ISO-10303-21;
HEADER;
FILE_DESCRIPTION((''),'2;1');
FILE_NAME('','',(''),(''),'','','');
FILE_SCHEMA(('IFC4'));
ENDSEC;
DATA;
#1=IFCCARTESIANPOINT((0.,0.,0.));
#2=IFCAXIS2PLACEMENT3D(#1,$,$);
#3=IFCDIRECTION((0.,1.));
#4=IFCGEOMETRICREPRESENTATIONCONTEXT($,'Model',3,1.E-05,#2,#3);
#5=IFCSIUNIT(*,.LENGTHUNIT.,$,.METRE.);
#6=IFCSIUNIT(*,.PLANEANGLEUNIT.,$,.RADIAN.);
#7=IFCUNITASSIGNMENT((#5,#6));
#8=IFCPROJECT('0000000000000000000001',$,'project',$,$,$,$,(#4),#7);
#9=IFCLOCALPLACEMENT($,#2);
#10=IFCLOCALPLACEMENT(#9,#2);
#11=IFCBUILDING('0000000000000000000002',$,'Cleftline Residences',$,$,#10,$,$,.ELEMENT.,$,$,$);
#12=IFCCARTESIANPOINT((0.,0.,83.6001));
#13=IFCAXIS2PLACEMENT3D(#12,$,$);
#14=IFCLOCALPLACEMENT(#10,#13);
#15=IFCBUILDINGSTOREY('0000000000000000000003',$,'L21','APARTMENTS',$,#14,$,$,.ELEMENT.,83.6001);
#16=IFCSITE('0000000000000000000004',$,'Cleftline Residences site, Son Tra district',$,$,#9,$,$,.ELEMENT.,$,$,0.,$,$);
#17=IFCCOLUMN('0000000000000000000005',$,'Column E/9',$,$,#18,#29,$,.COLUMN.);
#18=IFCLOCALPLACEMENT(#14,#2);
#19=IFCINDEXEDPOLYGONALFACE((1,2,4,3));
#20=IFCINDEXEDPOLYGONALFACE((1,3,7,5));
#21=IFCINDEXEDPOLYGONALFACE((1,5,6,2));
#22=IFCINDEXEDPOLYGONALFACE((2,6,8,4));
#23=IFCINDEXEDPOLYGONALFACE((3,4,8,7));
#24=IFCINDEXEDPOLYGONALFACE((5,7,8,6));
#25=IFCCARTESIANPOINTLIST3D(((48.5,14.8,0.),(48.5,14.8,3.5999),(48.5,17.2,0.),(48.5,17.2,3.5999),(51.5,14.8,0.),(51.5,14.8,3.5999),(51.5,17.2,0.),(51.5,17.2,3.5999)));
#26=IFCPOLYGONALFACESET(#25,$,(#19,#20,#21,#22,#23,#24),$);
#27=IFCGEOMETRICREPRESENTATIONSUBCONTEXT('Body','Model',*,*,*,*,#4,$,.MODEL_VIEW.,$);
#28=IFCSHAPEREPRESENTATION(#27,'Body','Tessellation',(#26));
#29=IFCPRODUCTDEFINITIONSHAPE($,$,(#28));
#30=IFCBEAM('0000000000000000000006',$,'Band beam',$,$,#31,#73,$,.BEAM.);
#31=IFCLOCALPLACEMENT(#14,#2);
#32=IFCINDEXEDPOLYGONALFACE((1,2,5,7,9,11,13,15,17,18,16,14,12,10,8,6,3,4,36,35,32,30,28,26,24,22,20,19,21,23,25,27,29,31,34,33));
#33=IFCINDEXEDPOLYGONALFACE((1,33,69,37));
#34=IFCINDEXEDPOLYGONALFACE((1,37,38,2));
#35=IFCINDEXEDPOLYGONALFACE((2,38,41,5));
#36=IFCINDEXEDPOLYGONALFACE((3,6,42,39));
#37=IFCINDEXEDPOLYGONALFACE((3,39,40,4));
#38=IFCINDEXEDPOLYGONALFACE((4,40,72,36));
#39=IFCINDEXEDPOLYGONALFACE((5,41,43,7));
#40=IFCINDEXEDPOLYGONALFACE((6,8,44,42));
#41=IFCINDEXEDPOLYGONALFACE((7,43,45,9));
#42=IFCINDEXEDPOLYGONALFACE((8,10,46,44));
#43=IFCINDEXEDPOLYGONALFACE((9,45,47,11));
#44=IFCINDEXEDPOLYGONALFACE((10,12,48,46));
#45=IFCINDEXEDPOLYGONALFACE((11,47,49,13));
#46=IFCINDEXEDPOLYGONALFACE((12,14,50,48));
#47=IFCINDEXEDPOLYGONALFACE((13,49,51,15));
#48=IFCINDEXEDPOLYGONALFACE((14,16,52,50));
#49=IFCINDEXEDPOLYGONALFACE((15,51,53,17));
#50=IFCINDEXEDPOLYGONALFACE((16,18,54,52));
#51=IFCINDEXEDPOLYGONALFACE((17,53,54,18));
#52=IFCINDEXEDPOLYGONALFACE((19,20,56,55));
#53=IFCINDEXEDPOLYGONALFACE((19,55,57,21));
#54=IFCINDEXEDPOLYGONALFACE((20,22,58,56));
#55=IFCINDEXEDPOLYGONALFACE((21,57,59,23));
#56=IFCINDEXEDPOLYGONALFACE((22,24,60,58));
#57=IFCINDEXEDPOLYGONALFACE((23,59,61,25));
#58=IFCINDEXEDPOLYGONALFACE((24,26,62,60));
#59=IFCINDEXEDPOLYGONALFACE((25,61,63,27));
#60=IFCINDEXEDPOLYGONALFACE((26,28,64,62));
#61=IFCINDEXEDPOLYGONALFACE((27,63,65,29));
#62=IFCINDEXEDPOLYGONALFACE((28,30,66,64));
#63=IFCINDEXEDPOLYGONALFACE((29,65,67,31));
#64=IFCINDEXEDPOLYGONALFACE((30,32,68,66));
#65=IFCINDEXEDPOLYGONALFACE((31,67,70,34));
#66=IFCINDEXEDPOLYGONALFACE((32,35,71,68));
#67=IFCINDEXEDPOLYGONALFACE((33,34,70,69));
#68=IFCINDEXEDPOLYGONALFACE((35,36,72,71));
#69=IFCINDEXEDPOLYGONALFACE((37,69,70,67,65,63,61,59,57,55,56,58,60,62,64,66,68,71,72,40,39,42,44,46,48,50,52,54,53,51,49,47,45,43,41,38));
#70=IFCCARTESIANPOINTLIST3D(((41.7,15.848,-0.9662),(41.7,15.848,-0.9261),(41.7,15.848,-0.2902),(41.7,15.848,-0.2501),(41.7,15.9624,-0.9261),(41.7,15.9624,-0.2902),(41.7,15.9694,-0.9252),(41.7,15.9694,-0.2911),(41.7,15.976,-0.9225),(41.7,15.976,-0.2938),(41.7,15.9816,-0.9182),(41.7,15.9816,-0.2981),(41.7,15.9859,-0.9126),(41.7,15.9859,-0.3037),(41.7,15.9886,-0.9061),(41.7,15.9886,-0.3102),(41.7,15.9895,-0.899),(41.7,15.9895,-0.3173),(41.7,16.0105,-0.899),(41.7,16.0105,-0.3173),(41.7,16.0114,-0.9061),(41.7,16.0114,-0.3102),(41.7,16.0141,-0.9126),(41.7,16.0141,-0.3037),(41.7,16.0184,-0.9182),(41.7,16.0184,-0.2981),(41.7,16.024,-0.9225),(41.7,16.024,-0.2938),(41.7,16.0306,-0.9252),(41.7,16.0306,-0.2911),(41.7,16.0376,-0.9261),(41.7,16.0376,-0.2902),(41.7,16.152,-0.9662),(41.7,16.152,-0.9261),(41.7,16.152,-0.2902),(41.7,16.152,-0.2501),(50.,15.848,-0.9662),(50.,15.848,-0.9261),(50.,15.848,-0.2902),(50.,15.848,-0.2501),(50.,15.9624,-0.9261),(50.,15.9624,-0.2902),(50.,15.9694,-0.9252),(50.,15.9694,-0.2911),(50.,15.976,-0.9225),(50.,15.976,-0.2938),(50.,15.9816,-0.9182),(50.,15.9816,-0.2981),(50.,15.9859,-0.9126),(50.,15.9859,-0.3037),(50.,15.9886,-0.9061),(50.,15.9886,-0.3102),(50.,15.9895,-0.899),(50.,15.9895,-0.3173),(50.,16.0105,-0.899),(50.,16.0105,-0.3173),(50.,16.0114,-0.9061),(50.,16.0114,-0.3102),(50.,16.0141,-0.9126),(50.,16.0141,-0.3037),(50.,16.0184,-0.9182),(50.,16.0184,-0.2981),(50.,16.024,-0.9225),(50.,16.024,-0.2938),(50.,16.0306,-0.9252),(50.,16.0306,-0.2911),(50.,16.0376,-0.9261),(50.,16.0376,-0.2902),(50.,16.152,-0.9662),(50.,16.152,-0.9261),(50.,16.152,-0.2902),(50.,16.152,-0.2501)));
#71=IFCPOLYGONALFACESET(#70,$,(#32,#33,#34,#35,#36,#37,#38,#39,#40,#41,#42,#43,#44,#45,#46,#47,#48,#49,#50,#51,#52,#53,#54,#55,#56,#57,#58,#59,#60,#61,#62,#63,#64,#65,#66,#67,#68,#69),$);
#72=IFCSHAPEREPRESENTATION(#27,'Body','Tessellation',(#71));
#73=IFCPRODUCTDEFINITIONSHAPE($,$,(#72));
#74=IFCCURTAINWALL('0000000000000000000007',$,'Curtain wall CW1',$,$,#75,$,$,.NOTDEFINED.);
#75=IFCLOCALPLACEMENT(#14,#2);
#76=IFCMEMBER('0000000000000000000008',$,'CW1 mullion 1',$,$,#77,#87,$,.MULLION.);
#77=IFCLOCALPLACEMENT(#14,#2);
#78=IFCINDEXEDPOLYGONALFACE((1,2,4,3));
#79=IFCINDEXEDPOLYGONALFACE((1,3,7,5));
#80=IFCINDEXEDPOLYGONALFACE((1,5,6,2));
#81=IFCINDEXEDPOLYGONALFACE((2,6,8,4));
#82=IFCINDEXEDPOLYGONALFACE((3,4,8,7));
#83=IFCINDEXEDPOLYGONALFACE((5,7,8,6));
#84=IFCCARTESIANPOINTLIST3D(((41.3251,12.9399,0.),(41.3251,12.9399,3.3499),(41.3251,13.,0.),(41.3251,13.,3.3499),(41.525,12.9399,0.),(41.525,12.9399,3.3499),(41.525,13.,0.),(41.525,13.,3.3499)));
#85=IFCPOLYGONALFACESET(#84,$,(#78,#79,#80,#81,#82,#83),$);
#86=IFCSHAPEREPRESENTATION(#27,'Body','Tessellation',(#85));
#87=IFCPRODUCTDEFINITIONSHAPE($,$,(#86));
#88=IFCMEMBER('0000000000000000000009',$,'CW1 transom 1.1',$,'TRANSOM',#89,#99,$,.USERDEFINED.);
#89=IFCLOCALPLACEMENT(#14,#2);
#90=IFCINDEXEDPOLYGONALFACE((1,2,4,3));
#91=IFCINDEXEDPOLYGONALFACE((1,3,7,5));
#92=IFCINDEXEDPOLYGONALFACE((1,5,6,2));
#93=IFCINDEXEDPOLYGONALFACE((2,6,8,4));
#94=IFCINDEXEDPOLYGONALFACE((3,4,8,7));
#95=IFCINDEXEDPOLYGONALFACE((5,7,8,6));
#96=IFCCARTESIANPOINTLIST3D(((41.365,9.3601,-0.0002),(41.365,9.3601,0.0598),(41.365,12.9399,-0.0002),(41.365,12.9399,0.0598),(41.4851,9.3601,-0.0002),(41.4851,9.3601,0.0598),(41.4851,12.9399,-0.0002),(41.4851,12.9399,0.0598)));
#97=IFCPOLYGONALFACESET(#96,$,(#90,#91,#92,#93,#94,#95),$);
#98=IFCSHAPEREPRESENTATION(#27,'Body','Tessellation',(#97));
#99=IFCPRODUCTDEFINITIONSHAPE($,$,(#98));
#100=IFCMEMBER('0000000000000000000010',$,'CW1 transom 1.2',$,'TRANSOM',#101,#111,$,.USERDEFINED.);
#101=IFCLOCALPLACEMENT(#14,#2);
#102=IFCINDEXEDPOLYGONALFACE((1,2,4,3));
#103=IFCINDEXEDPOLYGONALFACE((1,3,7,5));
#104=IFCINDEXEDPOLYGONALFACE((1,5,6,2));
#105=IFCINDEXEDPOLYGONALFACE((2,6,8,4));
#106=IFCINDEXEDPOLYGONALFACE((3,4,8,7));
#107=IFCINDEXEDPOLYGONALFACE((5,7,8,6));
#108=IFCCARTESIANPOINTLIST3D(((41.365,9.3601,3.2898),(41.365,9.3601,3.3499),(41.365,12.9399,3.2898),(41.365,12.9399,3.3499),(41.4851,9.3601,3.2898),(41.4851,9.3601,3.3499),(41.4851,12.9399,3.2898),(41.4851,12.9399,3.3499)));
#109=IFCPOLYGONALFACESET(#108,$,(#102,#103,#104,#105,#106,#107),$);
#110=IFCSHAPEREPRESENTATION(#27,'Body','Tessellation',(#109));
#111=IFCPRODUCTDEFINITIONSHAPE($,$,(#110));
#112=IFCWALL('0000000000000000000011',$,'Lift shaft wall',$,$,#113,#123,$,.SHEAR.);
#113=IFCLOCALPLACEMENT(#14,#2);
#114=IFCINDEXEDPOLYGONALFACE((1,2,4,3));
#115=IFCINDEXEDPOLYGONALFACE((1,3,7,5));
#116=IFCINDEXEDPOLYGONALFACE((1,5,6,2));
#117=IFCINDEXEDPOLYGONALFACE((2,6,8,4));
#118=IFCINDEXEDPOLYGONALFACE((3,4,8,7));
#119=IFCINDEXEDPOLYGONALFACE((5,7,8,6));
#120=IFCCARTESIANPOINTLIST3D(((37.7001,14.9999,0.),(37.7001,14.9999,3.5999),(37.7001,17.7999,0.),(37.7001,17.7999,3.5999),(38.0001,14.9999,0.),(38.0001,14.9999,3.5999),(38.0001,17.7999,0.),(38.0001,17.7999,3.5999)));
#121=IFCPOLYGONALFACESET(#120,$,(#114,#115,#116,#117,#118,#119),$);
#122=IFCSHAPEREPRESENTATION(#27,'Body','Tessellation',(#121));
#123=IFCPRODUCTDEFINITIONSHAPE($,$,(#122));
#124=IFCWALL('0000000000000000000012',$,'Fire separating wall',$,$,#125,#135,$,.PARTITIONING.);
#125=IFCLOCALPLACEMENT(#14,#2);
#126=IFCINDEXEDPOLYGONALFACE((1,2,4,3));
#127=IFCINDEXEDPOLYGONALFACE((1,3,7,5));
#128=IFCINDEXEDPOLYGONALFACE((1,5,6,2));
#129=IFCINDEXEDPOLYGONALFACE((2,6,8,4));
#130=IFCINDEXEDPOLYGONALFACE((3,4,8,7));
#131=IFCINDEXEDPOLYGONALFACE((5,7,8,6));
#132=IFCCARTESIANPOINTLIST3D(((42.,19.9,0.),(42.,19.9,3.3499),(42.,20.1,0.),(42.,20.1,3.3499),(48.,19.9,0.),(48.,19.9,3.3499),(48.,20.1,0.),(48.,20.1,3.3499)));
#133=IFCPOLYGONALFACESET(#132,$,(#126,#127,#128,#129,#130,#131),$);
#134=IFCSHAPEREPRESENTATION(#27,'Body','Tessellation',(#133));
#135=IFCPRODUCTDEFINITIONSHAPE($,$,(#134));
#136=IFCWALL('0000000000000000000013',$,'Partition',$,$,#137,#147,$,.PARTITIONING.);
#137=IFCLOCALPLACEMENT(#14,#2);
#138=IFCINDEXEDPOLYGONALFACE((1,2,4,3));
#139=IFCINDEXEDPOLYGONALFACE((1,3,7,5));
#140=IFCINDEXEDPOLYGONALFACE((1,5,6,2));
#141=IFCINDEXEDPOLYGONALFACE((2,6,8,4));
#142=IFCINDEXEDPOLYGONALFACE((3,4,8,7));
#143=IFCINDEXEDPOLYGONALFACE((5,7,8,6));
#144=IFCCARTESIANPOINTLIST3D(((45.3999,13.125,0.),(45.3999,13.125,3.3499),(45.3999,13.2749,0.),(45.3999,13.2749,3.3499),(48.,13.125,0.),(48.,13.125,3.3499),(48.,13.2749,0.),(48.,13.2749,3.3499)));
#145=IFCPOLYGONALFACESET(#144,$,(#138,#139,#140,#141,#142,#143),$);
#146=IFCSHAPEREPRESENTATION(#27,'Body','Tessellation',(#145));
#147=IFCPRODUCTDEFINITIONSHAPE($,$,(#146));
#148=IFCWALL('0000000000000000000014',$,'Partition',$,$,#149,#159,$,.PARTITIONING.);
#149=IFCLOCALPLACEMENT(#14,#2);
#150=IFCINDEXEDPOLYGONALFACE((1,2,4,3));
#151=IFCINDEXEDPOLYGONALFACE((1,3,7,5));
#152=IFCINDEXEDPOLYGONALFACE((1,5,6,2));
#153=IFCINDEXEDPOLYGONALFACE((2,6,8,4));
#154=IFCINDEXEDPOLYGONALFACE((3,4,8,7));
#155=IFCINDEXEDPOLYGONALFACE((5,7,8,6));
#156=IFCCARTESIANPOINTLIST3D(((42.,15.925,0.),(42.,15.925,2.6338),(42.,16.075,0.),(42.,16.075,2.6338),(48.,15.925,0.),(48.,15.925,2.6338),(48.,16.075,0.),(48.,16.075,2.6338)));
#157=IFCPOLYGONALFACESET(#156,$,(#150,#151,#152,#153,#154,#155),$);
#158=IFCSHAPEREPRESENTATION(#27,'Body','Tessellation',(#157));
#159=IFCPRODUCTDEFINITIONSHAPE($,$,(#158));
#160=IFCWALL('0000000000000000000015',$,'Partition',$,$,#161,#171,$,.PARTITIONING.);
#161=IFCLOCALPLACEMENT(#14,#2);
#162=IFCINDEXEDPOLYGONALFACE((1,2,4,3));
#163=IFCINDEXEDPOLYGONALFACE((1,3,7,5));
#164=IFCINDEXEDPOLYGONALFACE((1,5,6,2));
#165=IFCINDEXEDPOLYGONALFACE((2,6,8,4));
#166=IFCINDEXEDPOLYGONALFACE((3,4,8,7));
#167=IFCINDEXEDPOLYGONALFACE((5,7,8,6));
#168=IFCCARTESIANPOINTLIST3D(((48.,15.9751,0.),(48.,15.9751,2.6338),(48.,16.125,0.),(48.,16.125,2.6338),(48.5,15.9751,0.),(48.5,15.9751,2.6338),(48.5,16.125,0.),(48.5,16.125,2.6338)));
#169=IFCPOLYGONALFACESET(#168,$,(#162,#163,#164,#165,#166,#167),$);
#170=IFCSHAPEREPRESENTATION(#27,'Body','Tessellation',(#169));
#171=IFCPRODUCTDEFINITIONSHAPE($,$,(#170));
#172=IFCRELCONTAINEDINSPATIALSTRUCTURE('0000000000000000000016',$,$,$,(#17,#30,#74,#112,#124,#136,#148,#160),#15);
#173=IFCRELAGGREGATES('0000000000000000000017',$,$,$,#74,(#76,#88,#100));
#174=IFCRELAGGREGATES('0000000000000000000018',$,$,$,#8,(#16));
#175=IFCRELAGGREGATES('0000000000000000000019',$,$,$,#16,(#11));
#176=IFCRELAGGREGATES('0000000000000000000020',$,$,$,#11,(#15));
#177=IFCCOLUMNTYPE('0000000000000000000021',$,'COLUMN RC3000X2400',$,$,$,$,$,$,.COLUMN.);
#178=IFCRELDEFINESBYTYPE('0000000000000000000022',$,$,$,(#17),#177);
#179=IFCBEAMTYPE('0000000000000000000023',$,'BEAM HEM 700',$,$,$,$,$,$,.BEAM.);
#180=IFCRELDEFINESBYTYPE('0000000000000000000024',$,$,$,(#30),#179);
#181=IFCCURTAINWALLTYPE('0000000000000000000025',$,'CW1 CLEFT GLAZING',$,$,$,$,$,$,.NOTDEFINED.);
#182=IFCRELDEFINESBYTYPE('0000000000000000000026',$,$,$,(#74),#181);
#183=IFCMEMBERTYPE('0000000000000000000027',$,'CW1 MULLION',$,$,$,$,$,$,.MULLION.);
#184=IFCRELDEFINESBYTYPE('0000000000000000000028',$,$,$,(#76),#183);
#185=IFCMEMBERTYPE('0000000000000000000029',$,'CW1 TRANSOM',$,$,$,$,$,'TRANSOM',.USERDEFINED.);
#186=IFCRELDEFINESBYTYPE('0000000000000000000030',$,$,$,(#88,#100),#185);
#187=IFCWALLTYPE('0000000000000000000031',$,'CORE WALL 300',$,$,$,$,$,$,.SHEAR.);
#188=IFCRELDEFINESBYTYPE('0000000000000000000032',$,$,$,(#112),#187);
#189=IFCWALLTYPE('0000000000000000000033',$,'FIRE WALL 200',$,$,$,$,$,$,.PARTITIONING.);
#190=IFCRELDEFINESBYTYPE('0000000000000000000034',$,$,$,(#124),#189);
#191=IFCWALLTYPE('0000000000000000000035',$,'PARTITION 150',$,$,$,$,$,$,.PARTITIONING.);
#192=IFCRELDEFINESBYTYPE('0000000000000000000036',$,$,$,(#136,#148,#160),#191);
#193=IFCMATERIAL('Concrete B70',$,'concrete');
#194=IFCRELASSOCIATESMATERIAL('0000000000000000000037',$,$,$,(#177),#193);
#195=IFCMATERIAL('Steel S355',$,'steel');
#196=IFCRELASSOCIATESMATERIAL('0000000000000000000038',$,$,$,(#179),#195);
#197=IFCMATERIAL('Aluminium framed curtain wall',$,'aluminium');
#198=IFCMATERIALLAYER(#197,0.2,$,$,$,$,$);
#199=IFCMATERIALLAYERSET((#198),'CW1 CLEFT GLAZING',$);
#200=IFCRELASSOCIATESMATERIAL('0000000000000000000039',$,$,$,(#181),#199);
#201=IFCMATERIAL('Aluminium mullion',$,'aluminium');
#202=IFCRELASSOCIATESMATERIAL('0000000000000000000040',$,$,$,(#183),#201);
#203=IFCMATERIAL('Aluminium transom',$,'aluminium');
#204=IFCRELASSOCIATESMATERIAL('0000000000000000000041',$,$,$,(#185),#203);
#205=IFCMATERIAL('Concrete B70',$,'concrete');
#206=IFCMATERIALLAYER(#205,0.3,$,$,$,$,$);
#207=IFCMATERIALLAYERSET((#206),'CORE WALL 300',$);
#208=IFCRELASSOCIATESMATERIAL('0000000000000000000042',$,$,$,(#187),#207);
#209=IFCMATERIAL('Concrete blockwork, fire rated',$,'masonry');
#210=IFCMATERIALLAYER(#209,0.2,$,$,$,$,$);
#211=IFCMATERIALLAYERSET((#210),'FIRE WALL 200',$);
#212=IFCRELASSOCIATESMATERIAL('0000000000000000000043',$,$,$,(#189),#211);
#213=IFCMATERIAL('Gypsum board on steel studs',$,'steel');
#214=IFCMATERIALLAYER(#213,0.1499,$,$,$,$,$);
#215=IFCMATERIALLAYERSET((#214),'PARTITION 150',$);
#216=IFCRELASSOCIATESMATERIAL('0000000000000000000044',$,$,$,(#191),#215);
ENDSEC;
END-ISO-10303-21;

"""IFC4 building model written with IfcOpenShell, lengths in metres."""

from ifc_helpers import new_model, si_unit, direction, frame, frame_2d, origin, origin_2d, place, context, subcontext, project, spatial, rectangle, i_section, extrude, material, layer, layer_set, material_profile, profile_set, type_object, element, aggregate, save


model = new_model("IFC4")

# Units and contexts
model_context = context("Model", 3, precision=1e-05, world=origin(), true_north=direction((0.0, 1.0)))
body_context = subcontext(model_context, "Body", "Model", "MODEL_VIEW")
ifc_project = project(units=[si_unit("LENGTHUNIT", "METRE"), si_unit("PLANEANGLEUNIT", "RADIAN")], contexts=[model_context])

# Site, building, storey
site_placement = place(None, origin())
site = spatial("IfcSite", under=ifc_project, at=site_placement, Name="Cleftline Residences site, Son Tra district", CompositionType="ELEMENT", RefElevation=0.0)
building_placement = place(site_placement, origin())
building = spatial("IfcBuilding", under=site, at=building_placement, Name="Cleftline Residences", CompositionType="ELEMENT")
storey_placement = place(building_placement, frame((0.0, 0.0, 83.6001)))
storey = spatial("IfcBuildingStorey", under=building, at=storey_placement, Name="L21", Description="APARTMENTS", CompositionType="ELEMENT", Elevation=83.6001)

# Column
ifc_material_1 = material(Name="Concrete B70", Category="concrete")
ifc_material_profile_1 = material_profile(ifc_material_1, rectangle(XDim=3.0, YDim=2.3999, at=origin_2d()))
ifc_profile_set_1 = profile_set([ifc_material_profile_1], Name="Concrete B70")
column_type = type_object("IfcColumnType", Name="COLUMN RC3000X2400", PredefinedType="COLUMN", material=ifc_profile_set_1)
column_placement = place(storey_placement, frame((50.0, 16.0, 0.0), z_axis=(0.0, 0.0, 1.0), x_axis=(1.0, 0.0, 0.0)))
element("IfcColumn", 1, at=column_placement, inside=storey, type_object=column_type, Name="Column E/9", PredefinedType="COLUMN", context=body_context, shape_type="SweptSolid", body=[
    extrude(rectangle(XDim=3.0, YDim=2.3999, at=origin_2d()), origin(), (0.0, 0.0, 1.0), 3.5999),
])

# Beam
ifc_material_2 = material(Name="Steel S355", Category="steel")
ifc_material_profile_2 = material_profile(ifc_material_2, i_section(OverallWidth=0.304, OverallDepth=0.7161, WebThickness=0.021, FlangeThickness=0.04, FilletRadius=0.0271, at=origin_2d()))
ifc_profile_set_2 = profile_set([ifc_material_profile_2], Name="Steel S355")
beam_type = type_object("IfcBeamType", Name="BEAM HEM 700", PredefinedType="BEAM", material=ifc_profile_set_2)
beam_placement = place(storey_placement, frame((50.0, 16.0, -0.6082), z_axis=(-1.0, 0.0, 0.0), x_axis=(0.0, -1.0, 0.0)))
element("IfcBeam", 2, at=beam_placement, inside=storey, type_object=beam_type, Name="Band beam", PredefinedType="BEAM", context=body_context, shape_type="SweptSolid", body=[
    extrude(i_section(OverallWidth=0.304, OverallDepth=0.7161, WebThickness=0.021, FlangeThickness=0.04, FilletRadius=0.0271, at=origin_2d()), origin(), (0.0, 0.0, 1.0), 8.3),
])

# Curtain wall, members
ifc_material_3 = material(Name="Aluminium framed curtain wall", Category="aluminium")
ifc_layer_1 = layer(ifc_material_3, 0.2)
ifc_layer_set_1 = layer_set([ifc_layer_1], Name="CW1 CLEFT GLAZING")
curtain_wall_type = type_object("IfcCurtainWallType", Name="CW1 CLEFT GLAZING", PredefinedType="NOTDEFINED", material=ifc_layer_set_1)
curtain_wall_placement = place(storey_placement, origin())
curtain_wall = element("IfcCurtainWall", 3, at=curtain_wall_placement, inside=storey, type_object=curtain_wall_type, Name="Curtain wall CW1", PredefinedType="NOTDEFINED")
ifc_material_4 = material(Name="Aluminium mullion", Category="aluminium")
ifc_material_profile_3 = material_profile(ifc_material_4, rectangle(XDim=0.2, YDim=0.0601, at=origin_2d()))
ifc_profile_set_3 = profile_set([ifc_material_profile_3], Name="Aluminium mullion")
member_type_1 = type_object("IfcMemberType", Name="CW1 MULLION", PredefinedType="MULLION", material=ifc_profile_set_3)
member_1_placement = place(storey_placement, frame((41.425, 12.97, 0.0), z_axis=(0.0, 0.0, 1.0), x_axis=(1.0, 0.0, 0.0)))
member_1 = element("IfcMember", 4, at=member_1_placement, type_object=member_type_1, Name="CW1 mullion 1", PredefinedType="MULLION", context=body_context, shape_type="SweptSolid", body=[
    extrude(rectangle(XDim=0.2, YDim=0.0601, at=origin_2d()), origin(), (0.0, 0.0, 1.0), 3.3499),
])
ifc_material_5 = material(Name="Aluminium transom", Category="aluminium")
ifc_material_profile_4 = material_profile(ifc_material_5, rectangle(XDim=0.1201, YDim=0.0601, at=origin_2d()))
ifc_profile_set_4 = profile_set([ifc_material_profile_4], Name="Aluminium transom")
member_type_2 = type_object("IfcMemberType", Name="CW1 TRANSOM", ElementType="TRANSOM", PredefinedType="USERDEFINED", material=ifc_profile_set_4)
member_2_placement = place(storey_placement, frame((41.425, 12.9399, 0.0298), z_axis=(0.0, -1.0, 0.0), x_axis=(1.0, 0.0, 0.0)))
member_2 = element("IfcMember", 5, at=member_2_placement, type_object=member_type_2, Name="CW1 transom 1.1", ObjectType="TRANSOM", PredefinedType="USERDEFINED", context=body_context, shape_type="SweptSolid", body=[
    extrude(rectangle(XDim=0.1201, YDim=0.0601, at=origin_2d()), origin(), (0.0, 0.0, 1.0), 3.5798),
])
member_3_placement = place(storey_placement, frame((41.425, 12.9399, 3.3198), z_axis=(0.0, -1.0, 0.0), x_axis=(1.0, 0.0, 0.0)))
member_3 = element("IfcMember", 6, at=member_3_placement, type_object=member_type_2, Name="CW1 transom 1.2", ObjectType="TRANSOM", PredefinedType="USERDEFINED", context=body_context, shape_type="SweptSolid", body=[
    extrude(rectangle(XDim=0.1201, YDim=0.0601, at=origin_2d()), origin(), (0.0, 0.0, 1.0), 3.5798),
])
aggregate(curtain_wall, [member_1, member_2, member_3])

# Walls
ifc_material_6 = material(Name="Concrete B70", Category="concrete")
ifc_layer_2 = layer(ifc_material_6, 0.3)
ifc_layer_set_2 = layer_set([ifc_layer_2], Name="CORE WALL 300")
wall_type_1 = type_object("IfcWallType", Name="CORE WALL 300", PredefinedType="SHEAR", material=ifc_layer_set_2)
wall_1_placement = place(storey_placement, frame((37.8501, 15.0, 0.0), z_axis=(0.0, 0.0, 1.0), x_axis=(0.0, 1.0, 0.0)))
element("IfcWall", 7, at=wall_1_placement, inside=storey, type_object=wall_type_1, Name="Lift shaft wall", PredefinedType="SHEAR", context=body_context, shape_type="SweptSolid", body=[
    extrude(rectangle(XDim=2.8, YDim=0.3, at=frame_2d((1.3999, 0.0))), origin(), (0.0, 0.0, 1.0), 3.5999),
])
ifc_material_7 = material(Name="Concrete blockwork, fire rated", Category="masonry")
ifc_layer_3 = layer(ifc_material_7, 0.2)
ifc_layer_set_3 = layer_set([ifc_layer_3], Name="FIRE WALL 200")
wall_type_2 = type_object("IfcWallType", Name="FIRE WALL 200", PredefinedType="PARTITIONING", material=ifc_layer_set_3)
wall_2_placement = place(storey_placement, frame((42.0, 20.0, 0.0), z_axis=(0.0, 0.0, 1.0), x_axis=(1.0, 0.0, 0.0)))
element("IfcWall", 8, at=wall_2_placement, inside=storey, type_object=wall_type_2, Name="Fire separating wall", PredefinedType="PARTITIONING", context=body_context, shape_type="SweptSolid", body=[
    extrude(rectangle(XDim=6.0, YDim=0.2, at=frame_2d((3.0, 0.0))), origin(), (0.0, 0.0, 1.0), 3.3499),
])

# Walls
ifc_material_8 = material(Name="Gypsum board on steel studs", Category="steel")
ifc_layer_4 = layer(ifc_material_8, 0.1499)
ifc_layer_set_4 = layer_set([ifc_layer_4], Name="PARTITION 150")
wall_type_3 = type_object("IfcWallType", Name="PARTITION 150", PredefinedType="PARTITIONING", material=ifc_layer_set_4)
wall_3_placement = place(storey_placement, frame((45.3999, 13.2, 0.0), z_axis=(0.0, 0.0, 1.0), x_axis=(1.0, 0.0, 0.0)))
element("IfcWall", 9, at=wall_3_placement, inside=storey, type_object=wall_type_3, Name="Partition", PredefinedType="PARTITIONING", context=body_context, shape_type="SweptSolid", body=[
    extrude(rectangle(XDim=2.6001, YDim=0.1499, at=frame_2d((1.3, 0.0))), origin(), (0.0, 0.0, 1.0), 3.3499),
])
wall_4_placement = place(storey_placement, frame((42.0, 16.0, 0.0), z_axis=(0.0, 0.0, 1.0), x_axis=(1.0, 0.0, 0.0)))
element("IfcWall", 10, at=wall_4_placement, inside=storey, type_object=wall_type_3, Name="Partition", PredefinedType="PARTITIONING", context=body_context, shape_type="SweptSolid", body=[
    extrude(rectangle(XDim=6.0, YDim=0.1499, at=frame_2d((3.0, 0.0))), origin(), (0.0, 0.0, 1.0), 2.6338),
])
wall_5_placement = place(storey_placement, frame((48.0, 16.05, 0.0), z_axis=(0.0, 0.0, 1.0), x_axis=(1.0, 0.0, 0.0)))
element("IfcWall", 11, at=wall_5_placement, inside=storey, type_object=wall_type_3, Name="Partition", PredefinedType="PARTITIONING", context=body_context, shape_type="SweptSolid", body=[
    extrude(rectangle(XDim=0.5, YDim=0.1499, at=frame_2d((0.25, 0.0))), origin(), (0.0, 0.0, 1.0), 2.6338),
])

save(model, "model.ifc")
